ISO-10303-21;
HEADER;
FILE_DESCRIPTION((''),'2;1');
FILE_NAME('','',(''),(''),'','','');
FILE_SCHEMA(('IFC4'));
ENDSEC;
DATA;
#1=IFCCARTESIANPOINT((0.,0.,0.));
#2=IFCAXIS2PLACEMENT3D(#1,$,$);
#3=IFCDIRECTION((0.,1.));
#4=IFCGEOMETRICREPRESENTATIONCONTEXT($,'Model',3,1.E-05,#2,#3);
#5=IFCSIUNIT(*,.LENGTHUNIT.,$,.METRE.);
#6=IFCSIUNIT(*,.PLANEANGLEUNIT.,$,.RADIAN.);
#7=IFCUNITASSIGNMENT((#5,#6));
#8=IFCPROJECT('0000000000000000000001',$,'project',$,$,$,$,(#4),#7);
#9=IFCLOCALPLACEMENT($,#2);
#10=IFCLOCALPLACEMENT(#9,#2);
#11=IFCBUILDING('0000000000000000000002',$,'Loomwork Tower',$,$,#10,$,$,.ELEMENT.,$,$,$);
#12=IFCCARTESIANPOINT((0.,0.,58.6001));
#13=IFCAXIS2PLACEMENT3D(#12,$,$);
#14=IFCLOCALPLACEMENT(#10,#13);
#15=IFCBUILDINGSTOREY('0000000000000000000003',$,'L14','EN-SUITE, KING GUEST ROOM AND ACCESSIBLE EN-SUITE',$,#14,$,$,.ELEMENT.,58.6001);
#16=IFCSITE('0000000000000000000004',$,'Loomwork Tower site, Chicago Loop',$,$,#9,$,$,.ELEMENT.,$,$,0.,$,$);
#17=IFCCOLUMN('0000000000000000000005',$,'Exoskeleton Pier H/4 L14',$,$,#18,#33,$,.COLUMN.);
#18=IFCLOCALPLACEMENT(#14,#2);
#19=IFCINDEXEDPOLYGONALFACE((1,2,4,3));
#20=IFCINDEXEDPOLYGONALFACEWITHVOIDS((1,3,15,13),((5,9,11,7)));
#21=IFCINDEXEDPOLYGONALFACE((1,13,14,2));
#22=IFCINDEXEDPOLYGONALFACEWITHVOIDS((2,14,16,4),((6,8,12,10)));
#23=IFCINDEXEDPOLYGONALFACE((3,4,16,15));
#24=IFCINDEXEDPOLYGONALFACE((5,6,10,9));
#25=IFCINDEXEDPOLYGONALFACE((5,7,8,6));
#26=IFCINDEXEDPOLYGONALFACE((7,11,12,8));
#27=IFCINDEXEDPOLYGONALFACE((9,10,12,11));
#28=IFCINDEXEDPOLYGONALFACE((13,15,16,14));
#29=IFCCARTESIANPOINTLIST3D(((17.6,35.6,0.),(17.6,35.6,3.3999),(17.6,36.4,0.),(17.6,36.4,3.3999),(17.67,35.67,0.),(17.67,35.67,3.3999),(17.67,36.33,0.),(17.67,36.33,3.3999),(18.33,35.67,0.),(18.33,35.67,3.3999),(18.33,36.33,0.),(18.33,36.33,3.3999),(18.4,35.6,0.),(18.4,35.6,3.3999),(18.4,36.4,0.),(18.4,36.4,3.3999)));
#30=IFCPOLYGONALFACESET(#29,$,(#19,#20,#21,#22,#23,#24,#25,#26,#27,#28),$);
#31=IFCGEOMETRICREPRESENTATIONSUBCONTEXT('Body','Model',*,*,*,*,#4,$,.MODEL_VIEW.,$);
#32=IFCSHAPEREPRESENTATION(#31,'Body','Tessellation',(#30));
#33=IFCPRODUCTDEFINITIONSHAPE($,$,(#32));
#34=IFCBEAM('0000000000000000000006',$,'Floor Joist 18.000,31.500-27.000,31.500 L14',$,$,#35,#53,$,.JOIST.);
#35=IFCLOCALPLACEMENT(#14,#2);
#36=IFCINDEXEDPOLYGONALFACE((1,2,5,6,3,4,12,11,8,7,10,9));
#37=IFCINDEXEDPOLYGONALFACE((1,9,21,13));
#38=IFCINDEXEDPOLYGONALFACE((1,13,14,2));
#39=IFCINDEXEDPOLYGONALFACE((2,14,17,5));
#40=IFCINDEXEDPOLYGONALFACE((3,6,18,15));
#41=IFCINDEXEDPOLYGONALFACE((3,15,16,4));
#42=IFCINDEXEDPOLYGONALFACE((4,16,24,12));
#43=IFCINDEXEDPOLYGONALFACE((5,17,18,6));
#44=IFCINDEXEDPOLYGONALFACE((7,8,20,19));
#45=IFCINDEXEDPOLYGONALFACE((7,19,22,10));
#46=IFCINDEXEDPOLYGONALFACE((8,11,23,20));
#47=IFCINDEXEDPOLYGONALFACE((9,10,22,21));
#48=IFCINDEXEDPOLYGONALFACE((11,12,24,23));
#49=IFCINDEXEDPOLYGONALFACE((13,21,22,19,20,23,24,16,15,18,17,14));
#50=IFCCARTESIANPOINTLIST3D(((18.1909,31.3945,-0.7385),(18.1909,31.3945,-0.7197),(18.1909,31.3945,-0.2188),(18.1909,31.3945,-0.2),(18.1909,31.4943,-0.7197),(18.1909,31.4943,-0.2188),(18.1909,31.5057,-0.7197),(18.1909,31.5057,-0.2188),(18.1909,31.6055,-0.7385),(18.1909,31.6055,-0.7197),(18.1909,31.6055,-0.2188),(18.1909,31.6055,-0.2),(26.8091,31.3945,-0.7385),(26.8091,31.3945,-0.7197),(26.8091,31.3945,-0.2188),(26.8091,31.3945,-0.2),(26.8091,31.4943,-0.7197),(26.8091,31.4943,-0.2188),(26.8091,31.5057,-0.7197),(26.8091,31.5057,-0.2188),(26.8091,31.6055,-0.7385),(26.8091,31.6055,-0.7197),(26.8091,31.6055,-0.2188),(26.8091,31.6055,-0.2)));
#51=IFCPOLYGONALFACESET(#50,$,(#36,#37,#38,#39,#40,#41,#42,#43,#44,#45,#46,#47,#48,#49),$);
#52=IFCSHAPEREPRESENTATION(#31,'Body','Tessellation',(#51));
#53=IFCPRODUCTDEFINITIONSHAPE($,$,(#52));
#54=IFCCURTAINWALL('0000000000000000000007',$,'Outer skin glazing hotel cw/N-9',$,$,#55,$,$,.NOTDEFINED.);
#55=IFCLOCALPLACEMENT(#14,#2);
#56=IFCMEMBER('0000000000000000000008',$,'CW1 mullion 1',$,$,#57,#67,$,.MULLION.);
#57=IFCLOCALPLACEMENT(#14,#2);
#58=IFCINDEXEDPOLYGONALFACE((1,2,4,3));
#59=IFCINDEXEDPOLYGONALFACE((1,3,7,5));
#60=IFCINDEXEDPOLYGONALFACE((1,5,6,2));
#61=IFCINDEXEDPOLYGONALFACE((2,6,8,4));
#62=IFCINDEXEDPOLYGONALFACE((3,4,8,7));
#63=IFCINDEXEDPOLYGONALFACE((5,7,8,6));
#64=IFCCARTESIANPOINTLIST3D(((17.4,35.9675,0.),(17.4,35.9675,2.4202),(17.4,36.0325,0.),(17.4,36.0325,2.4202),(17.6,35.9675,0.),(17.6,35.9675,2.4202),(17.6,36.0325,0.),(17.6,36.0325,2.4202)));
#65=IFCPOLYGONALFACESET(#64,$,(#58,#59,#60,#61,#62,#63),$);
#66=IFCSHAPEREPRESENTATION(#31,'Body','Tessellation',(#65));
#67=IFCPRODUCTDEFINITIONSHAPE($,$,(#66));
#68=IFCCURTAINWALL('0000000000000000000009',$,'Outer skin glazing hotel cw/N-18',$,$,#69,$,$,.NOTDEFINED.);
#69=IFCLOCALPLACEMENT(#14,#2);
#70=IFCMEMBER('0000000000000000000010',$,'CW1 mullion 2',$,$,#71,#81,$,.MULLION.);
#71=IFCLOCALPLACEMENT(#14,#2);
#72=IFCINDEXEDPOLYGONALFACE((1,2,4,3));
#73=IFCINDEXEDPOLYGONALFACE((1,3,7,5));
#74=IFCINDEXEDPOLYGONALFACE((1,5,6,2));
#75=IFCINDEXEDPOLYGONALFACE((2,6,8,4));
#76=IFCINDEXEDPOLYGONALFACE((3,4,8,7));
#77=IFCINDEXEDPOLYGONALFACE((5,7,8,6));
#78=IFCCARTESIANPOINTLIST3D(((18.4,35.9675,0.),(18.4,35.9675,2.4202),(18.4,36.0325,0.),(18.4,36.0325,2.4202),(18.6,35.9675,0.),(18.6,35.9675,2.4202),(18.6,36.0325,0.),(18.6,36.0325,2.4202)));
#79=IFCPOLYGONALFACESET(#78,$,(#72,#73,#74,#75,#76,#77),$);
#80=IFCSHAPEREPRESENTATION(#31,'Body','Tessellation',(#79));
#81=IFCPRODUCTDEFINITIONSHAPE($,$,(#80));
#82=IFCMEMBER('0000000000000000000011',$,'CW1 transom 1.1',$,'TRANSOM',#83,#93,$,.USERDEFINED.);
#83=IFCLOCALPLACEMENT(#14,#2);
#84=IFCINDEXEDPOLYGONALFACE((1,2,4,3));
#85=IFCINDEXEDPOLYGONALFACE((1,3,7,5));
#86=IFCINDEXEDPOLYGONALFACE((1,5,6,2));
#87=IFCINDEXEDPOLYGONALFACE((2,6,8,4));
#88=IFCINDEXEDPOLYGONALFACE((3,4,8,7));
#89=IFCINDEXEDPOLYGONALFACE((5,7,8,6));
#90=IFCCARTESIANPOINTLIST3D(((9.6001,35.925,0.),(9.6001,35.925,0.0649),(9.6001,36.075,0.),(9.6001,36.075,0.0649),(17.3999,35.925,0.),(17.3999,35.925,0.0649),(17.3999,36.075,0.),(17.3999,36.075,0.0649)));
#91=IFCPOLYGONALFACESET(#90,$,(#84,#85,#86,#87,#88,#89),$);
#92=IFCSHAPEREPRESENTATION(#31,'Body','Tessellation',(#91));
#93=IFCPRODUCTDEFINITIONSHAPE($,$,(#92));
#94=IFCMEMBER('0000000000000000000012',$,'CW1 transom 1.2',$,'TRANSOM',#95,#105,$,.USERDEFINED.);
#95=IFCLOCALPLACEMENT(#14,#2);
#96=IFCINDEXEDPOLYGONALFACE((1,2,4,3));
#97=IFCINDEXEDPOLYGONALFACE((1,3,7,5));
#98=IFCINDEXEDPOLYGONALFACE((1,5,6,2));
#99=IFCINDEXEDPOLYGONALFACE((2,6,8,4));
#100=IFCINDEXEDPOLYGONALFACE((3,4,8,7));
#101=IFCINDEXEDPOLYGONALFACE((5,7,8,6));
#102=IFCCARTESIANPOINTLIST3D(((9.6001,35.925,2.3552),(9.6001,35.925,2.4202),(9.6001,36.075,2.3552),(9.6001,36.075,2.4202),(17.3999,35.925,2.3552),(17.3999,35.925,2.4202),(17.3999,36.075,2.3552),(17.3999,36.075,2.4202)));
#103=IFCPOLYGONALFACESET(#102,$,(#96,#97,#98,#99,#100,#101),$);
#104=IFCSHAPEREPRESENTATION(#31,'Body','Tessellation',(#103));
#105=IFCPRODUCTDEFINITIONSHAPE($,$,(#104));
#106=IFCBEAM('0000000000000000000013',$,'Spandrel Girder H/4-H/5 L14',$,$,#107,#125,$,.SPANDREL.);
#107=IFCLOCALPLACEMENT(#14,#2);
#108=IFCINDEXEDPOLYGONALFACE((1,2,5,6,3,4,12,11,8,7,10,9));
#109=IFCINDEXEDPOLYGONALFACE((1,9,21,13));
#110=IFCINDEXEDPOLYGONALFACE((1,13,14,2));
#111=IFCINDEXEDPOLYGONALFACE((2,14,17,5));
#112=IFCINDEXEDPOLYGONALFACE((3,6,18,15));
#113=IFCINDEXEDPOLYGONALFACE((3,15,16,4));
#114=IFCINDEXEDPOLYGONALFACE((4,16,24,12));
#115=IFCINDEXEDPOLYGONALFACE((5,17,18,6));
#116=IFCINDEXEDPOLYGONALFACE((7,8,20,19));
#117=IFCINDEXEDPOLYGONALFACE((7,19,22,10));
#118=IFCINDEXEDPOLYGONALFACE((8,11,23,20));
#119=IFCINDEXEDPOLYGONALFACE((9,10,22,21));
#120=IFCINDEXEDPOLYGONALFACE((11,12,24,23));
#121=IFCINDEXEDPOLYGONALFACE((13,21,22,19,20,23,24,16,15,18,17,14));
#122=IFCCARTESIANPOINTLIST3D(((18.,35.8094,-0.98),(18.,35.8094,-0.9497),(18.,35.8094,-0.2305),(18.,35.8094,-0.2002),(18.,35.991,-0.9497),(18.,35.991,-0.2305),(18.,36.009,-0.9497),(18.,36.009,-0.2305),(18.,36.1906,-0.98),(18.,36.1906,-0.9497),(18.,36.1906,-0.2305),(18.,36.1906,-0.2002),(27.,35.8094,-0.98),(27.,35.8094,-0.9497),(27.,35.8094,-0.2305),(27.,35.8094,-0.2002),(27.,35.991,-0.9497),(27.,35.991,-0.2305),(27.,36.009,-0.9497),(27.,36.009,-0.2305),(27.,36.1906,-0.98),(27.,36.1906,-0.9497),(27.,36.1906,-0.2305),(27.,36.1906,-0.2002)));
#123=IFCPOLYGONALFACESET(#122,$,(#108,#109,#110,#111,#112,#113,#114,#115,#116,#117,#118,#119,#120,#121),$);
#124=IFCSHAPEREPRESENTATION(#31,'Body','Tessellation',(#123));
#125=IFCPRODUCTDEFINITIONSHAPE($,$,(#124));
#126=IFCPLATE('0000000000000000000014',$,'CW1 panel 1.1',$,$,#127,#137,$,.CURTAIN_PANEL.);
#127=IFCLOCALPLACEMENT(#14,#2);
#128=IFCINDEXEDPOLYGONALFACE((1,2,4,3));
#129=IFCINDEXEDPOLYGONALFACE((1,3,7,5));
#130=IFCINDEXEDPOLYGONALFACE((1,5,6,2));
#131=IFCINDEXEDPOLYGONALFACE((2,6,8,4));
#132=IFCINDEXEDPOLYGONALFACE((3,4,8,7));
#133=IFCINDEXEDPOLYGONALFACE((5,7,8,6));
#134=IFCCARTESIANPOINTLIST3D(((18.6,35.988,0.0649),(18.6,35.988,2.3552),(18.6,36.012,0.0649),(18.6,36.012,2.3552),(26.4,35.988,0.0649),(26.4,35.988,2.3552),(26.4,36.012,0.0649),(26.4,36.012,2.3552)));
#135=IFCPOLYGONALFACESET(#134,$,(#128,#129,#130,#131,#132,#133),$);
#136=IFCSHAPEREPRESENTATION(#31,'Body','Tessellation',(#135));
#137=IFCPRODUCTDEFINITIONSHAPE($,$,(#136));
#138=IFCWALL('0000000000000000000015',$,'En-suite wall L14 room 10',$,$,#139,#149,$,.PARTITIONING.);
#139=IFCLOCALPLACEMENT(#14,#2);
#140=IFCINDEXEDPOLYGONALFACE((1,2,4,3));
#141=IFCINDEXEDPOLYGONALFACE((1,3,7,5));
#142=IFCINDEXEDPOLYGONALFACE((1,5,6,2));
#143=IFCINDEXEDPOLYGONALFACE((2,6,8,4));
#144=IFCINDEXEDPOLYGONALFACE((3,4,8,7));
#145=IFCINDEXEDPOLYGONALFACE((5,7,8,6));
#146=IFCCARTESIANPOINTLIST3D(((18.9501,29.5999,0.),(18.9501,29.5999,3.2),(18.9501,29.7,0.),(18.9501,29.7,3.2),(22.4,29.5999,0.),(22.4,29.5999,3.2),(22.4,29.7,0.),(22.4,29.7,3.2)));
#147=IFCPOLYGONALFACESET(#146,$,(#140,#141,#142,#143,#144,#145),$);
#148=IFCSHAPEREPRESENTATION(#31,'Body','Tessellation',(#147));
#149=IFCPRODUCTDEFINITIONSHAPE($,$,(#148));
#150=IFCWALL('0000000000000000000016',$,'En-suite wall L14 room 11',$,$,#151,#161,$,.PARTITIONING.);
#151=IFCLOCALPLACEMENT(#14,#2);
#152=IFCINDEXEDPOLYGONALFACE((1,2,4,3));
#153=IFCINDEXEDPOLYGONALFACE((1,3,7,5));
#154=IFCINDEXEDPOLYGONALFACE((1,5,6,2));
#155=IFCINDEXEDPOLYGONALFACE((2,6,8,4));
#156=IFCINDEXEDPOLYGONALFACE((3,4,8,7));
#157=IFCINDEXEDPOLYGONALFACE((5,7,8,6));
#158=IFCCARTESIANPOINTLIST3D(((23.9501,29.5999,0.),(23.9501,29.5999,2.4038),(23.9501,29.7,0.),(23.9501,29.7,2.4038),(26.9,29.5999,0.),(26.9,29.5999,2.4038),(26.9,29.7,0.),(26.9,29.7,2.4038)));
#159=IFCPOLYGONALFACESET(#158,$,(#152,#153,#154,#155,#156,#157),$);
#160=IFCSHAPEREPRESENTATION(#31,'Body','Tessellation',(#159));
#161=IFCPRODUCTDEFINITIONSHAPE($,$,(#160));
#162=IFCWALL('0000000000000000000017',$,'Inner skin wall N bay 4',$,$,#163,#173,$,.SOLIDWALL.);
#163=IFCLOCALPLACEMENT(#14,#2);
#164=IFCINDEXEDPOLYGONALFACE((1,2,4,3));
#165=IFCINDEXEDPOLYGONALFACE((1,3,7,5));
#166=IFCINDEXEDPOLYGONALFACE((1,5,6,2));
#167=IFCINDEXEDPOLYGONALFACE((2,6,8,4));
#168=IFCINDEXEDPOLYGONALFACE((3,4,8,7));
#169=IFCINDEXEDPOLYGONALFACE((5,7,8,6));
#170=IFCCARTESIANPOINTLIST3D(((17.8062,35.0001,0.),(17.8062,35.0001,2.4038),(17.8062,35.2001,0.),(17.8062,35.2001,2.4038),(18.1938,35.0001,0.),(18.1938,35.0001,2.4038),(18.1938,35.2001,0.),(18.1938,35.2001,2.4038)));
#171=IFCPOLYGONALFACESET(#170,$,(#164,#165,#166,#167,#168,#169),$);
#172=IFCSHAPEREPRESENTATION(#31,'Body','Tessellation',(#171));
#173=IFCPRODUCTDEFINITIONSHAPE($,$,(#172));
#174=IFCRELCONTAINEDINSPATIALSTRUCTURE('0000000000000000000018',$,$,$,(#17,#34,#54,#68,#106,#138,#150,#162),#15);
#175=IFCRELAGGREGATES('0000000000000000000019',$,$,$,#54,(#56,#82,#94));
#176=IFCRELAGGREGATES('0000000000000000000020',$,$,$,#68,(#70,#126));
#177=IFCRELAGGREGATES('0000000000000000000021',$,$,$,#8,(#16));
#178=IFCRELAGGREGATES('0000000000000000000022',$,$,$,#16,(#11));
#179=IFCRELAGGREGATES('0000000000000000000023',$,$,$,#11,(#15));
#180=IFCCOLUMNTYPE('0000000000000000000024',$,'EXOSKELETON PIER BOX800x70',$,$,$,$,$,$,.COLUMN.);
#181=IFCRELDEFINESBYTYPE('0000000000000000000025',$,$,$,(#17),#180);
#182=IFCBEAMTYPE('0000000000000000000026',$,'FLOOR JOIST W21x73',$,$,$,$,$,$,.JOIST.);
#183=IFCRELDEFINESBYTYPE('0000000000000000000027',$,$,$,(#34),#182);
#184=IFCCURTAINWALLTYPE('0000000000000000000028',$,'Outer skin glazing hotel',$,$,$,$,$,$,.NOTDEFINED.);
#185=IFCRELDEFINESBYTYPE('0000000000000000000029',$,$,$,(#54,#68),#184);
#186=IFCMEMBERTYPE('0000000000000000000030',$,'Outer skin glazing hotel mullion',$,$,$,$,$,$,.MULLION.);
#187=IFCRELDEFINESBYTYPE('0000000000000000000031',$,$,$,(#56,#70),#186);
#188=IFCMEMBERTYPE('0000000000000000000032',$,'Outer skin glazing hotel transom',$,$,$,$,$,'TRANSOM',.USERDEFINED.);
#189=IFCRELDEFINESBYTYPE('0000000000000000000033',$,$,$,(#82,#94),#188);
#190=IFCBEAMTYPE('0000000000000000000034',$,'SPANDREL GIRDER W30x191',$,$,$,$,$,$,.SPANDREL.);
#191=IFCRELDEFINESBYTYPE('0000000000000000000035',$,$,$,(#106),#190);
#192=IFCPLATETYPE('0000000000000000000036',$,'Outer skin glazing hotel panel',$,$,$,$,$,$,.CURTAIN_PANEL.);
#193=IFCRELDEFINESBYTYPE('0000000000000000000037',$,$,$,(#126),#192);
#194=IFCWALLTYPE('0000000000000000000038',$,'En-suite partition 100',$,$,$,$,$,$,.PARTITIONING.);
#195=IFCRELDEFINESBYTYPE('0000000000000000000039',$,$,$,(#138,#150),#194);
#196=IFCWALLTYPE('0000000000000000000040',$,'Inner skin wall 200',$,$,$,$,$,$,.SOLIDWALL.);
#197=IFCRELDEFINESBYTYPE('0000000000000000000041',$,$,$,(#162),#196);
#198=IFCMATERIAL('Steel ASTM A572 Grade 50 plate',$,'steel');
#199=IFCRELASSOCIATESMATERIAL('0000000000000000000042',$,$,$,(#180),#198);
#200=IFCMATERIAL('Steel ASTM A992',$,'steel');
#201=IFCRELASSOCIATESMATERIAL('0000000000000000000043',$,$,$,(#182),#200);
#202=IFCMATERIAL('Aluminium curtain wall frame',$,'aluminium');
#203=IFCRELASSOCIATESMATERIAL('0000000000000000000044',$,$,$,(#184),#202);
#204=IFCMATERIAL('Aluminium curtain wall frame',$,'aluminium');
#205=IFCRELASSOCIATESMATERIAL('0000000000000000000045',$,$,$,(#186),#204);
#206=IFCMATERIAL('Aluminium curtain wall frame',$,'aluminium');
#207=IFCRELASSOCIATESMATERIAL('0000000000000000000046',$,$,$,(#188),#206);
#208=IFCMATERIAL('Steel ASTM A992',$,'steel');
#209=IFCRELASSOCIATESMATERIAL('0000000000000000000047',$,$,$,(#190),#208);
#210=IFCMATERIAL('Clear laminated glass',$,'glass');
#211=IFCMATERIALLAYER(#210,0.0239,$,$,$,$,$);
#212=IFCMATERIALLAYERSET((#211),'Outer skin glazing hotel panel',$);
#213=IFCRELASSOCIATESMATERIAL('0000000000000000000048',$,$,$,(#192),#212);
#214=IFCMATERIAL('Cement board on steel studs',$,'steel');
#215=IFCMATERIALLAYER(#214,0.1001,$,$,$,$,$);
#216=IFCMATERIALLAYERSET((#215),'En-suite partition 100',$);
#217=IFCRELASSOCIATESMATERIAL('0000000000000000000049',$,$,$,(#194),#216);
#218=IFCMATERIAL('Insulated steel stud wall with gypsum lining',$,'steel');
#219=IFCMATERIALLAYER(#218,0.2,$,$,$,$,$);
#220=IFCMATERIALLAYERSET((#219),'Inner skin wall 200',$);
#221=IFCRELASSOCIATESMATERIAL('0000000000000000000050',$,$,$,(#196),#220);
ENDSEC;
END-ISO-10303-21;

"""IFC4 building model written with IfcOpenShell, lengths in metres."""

from ifc_helpers import new_model, si_unit, direction, frame, frame_2d, origin, origin_2d, place, context, subcontext, project, spatial, rectangle, hollow_rectangle, i_section, extrude, material, layer, layer_set, material_profile, profile_set, type_object, element, aggregate, save


model = new_model("IFC4")

# Units and contexts
model_context = context("Model", 3, precision=1e-05, world=origin(), true_north=direction((0.0, 1.0)))
body_context = subcontext(model_context, "Body", "Model", "MODEL_VIEW")
ifc_project = project(units=[si_unit("LENGTHUNIT", "METRE"), si_unit("PLANEANGLEUNIT", "RADIAN")], contexts=[model_context])

# Site, building, storey
site_placement = place(None, origin())
site = spatial("IfcSite", under=ifc_project, at=site_placement, Name="Loomwork Tower site, Chicago Loop", CompositionType="ELEMENT", RefElevation=0.0)
building_placement = place(site_placement, origin())
building = spatial("IfcBuilding", under=site, at=building_placement, Name="Loomwork Tower", CompositionType="ELEMENT")
storey_placement = place(building_placement, frame((0.0, 0.0, 58.6001)))
storey = spatial("IfcBuildingStorey", under=building, at=storey_placement, Name="L14", Description="EN-SUITE, KING GUEST ROOM AND ACCESSIBLE EN-SUITE", CompositionType="ELEMENT", Elevation=58.6001)

# Column
ifc_material_1 = material(Name="Steel ASTM A572 Grade 50 plate", Category="steel")
ifc_material_profile_1 = material_profile(ifc_material_1, hollow_rectangle(XDim=0.8, YDim=0.8, WallThickness=0.0701, at=origin_2d()), Name="BOX800x70")
ifc_profile_set_1 = profile_set([ifc_material_profile_1], Name="Steel ASTM A572 Grade 50 plate")
column_type = type_object("IfcColumnType", Name="EXOSKELETON PIER BOX800x70", PredefinedType="COLUMN", material=ifc_profile_set_1)
column_placement = place(storey_placement, frame((18.0, 36.0, 0.0), z_axis=(0.0, 0.0, 1.0), x_axis=(1.0, 0.0, 0.0)))
element("IfcColumn", 1, at=column_placement, inside=storey, type_object=column_type, Name="Exoskeleton Pier H/4 L14", PredefinedType="COLUMN", context=body_context, shape_type="SweptSolid", body=[
    extrude(hollow_rectangle(XDim=0.8, YDim=0.8, WallThickness=0.0701, at=origin_2d()), origin(), (0.0, 0.0, 1.0), 3.3999),
])

# Beam
ifc_material_2 = material(Name="Steel ASTM A992", Category="steel")
ifc_material_profile_2 = material_profile(ifc_material_2, i_section(OverallWidth=0.2109, OverallDepth=0.5386, WebThickness=0.0115, FlangeThickness=0.0188, at=origin_2d()), Name="W21x73")
ifc_profile_set_2 = profile_set([ifc_material_profile_2], Name="Steel ASTM A992")
beam_type_1 = type_object("IfcBeamType", Name="FLOOR JOIST W21x73", PredefinedType="JOIST", material=ifc_profile_set_2)
beam_1_placement = place(storey_placement, frame((18.1909, 31.5, -0.4692), z_axis=(1.0, 0.0, 0.0), x_axis=(0.0, 1.0, 0.0)))
element("IfcBeam", 2, at=beam_1_placement, inside=storey, type_object=beam_type_1, Name="Floor Joist 18.000,31.500-27.000,31.500 L14", PredefinedType="JOIST", context=body_context, shape_type="SweptSolid", body=[
    extrude(i_section(OverallWidth=0.2109, OverallDepth=0.5386, WebThickness=0.0115, FlangeThickness=0.0188, at=origin_2d()), origin(), (0.0, 0.0, 1.0), 8.6182),
])

# Curtain walls, members
ifc_material_3 = material(Name="Aluminium curtain wall frame", Category="aluminium")
curtain_wall_type = type_object("IfcCurtainWallType", Name="Outer skin glazing hotel", PredefinedType="NOTDEFINED", material=ifc_material_3)
curtain_wall_1_placement = place(storey_placement, origin())
curtain_wall_1 = element("IfcCurtainWall", 3, at=curtain_wall_1_placement, inside=storey, type_object=curtain_wall_type, Name="Outer skin glazing hotel cw/N-9", PredefinedType="NOTDEFINED")
ifc_material_4 = material(Name="Aluminium curtain wall frame", Category="aluminium")
ifc_material_profile_3 = material_profile(ifc_material_4, rectangle(XDim=0.0649, YDim=0.2, at=origin_2d()), Name="AL 65x200")
ifc_profile_set_3 = profile_set([ifc_material_profile_3], Name="Aluminium curtain wall frame")
member_type_1 = type_object("IfcMemberType", Name="Outer skin glazing hotel mullion", PredefinedType="MULLION", material=ifc_profile_set_3)
member_1_placement = place(storey_placement, frame((17.5, 36.0, 0.0), z_axis=(0.0, 0.0, 1.0), x_axis=(0.0, -1.0, 0.0)))
member_1 = element("IfcMember", 4, at=member_1_placement, type_object=member_type_1, Name="CW1 mullion 1", PredefinedType="MULLION", context=body_context, shape_type="SweptSolid", body=[
    extrude(rectangle(XDim=0.0649, YDim=0.2, at=origin_2d()), origin(), (0.0, 0.0, 1.0), 2.4202),
])
curtain_wall_2_placement = place(storey_placement, origin())
curtain_wall_2 = element("IfcCurtainWall", 5, at=curtain_wall_2_placement, inside=storey, type_object=curtain_wall_type, Name="Outer skin glazing hotel cw/N-18", PredefinedType="NOTDEFINED")
member_2_placement = place(storey_placement, frame((18.5, 36.0, 0.0), z_axis=(0.0, 0.0, 1.0), x_axis=(0.0, -1.0, 0.0)))
member_2 = element("IfcMember", 6, at=member_2_placement, type_object=member_type_1, Name="CW1 mullion 2", PredefinedType="MULLION", context=body_context, shape_type="SweptSolid", body=[
    extrude(rectangle(XDim=0.0649, YDim=0.2, at=origin_2d()), origin(), (0.0, 0.0, 1.0), 2.4202),
])

# Members
ifc_material_5 = material(Name="Aluminium curtain wall frame", Category="aluminium")
ifc_material_profile_4 = material_profile(ifc_material_5, rectangle(XDim=0.1499, YDim=0.0649, at=origin_2d()), Name="AL 65x150")
ifc_profile_set_4 = profile_set([ifc_material_profile_4], Name="Aluminium curtain wall frame")
member_type_2 = type_object("IfcMemberType", Name="Outer skin glazing hotel transom", ElementType="TRANSOM", PredefinedType="USERDEFINED", material=ifc_profile_set_4)
member_3_placement = place(storey_placement, frame((17.3999, 36.0, 0.0325), z_axis=(-1.0, 0.0, 0.0), x_axis=(0.0, -1.0, 0.0)))
member_3 = element("IfcMember", 7, at=member_3_placement, type_object=member_type_2, Name="CW1 transom 1.1", ObjectType="TRANSOM", PredefinedType="USERDEFINED", context=body_context, shape_type="SweptSolid", body=[
    extrude(rectangle(XDim=0.1499, YDim=0.0649, at=origin_2d()), origin(), (0.0, 0.0, 1.0), 7.7998),
])
member_4_placement = place(storey_placement, frame((17.3999, 36.0, 2.3877), z_axis=(-1.0, 0.0, 0.0), x_axis=(0.0, -1.0, 0.0)))
member_4 = element("IfcMember", 8, at=member_4_placement, type_object=member_type_2, Name="CW1 transom 1.2", ObjectType="TRANSOM", PredefinedType="USERDEFINED", context=body_context, shape_type="SweptSolid", body=[
    extrude(rectangle(XDim=0.1499, YDim=0.0649, at=origin_2d()), origin(), (0.0, 0.0, 1.0), 7.7998),
])
aggregate(curtain_wall_1, [member_1, member_3, member_4])

# Beam
ifc_material_6 = material(Name="Steel ASTM A992", Category="steel")
ifc_material_profile_5 = material_profile(ifc_material_6, i_section(OverallWidth=0.3811, OverallDepth=0.7798, WebThickness=0.0181, FlangeThickness=0.0303, at=origin_2d()), Name="W30x191")
ifc_profile_set_5 = profile_set([ifc_material_profile_5], Name="Steel ASTM A992")
beam_type_2 = type_object("IfcBeamType", Name="SPANDREL GIRDER W30x191", PredefinedType="SPANDREL", material=ifc_profile_set_5)
beam_2_placement = place(storey_placement, frame((18.0, 36.0, -0.5901), z_axis=(1.0, 0.0, 0.0), x_axis=(0.0, 1.0, 0.0)))
element("IfcBeam", 9, at=beam_2_placement, inside=storey, type_object=beam_type_2, Name="Spandrel Girder H/4-H/5 L14", PredefinedType="SPANDREL", context=body_context, shape_type="SweptSolid", body=[
    extrude(i_section(OverallWidth=0.3811, OverallDepth=0.7798, WebThickness=0.0181, FlangeThickness=0.0303, at=origin_2d()), origin(), (0.0, 0.0, 1.0), 9.0),
])

# Plate
ifc_material_7 = material(Name="Clear laminated glass", Category="glass")
ifc_layer_1 = layer(ifc_material_7, 0.0239)
ifc_layer_set_1 = layer_set([ifc_layer_1], Name="Outer skin glazing hotel panel")
plate_type = type_object("IfcPlateType", Name="Outer skin glazing hotel panel", PredefinedType="CURTAIN_PANEL", material=ifc_layer_set_1)
plate_placement = place(storey_placement, frame((22.5, 36.0, 0.0649), z_axis=(0.0, 0.0, 1.0), x_axis=(-1.0, 0.0, 0.0)))
plate = element("IfcPlate", 10, at=plate_placement, type_object=plate_type, Name="CW1 panel 1.1", PredefinedType="CURTAIN_PANEL", context=body_context, shape_type="SweptSolid", body=[
    extrude(rectangle(XDim=7.8, YDim=0.0239, at=origin_2d()), origin(), (0.0, 0.0, 1.0), 2.2903),
])
aggregate(curtain_wall_2, [member_2, plate])

# Walls
ifc_material_8 = material(Name="Cement board on steel studs", Category="steel")
ifc_layer_2 = layer(ifc_material_8, 0.1001)
ifc_layer_set_2 = layer_set([ifc_layer_2], Name="En-suite partition 100")
wall_type_1 = type_object("IfcWallType", Name="En-suite partition 100", PredefinedType="PARTITIONING", material=ifc_layer_set_2)
wall_1_placement = place(storey_placement, frame((18.95, 29.6499, 0.0), z_axis=(0.0, 0.0, 1.0), x_axis=(1.0, 0.0, 0.0)))
element("IfcWall", 11, at=wall_1_placement, inside=storey, type_object=wall_type_1, Name="En-suite wall L14 room 10", PredefinedType="PARTITIONING", context=body_context, shape_type="SweptSolid", body=[
    extrude(rectangle(XDim=3.45, YDim=0.1001, at=frame_2d((1.7251, 0.0))), origin(), (0.0, 0.0, 1.0), 3.2),
])
wall_2_placement = place(storey_placement, frame((23.95, 29.6499, 0.0), z_axis=(0.0, 0.0, 1.0), x_axis=(1.0, 0.0, 0.0)))
element("IfcWall", 12, at=wall_2_placement, inside=storey, type_object=wall_type_1, Name="En-suite wall L14 room 11", PredefinedType="PARTITIONING", context=body_context, shape_type="SweptSolid", body=[
    extrude(rectangle(XDim=2.95, YDim=0.1001, at=frame_2d((1.4751, 0.0))), origin(), (0.0, 0.0, 1.0), 2.4038),
])
ifc_material_9 = material(Name="Insulated steel stud wall with gypsum lining", Category="steel")
ifc_layer_3 = layer(ifc_material_9, 0.2)
ifc_layer_set_3 = layer_set([ifc_layer_3], Name="Inner skin wall 200")
wall_type_2 = type_object("IfcWallType", Name="Inner skin wall 200", PredefinedType="SOLIDWALL", material=ifc_layer_set_3)
wall_3_placement = place(storey_placement, frame((17.8062, 35.1001, 0.0), z_axis=(0.0, 0.0, 1.0), x_axis=(1.0, 0.0, 0.0)))
element("IfcWall", 13, at=wall_3_placement, inside=storey, type_object=wall_type_2, Name="Inner skin wall N bay 4", PredefinedType="SOLIDWALL", context=body_context, shape_type="SweptSolid", body=[
    extrude(rectangle(XDim=0.3877, YDim=0.2, at=frame_2d((0.1938, 0.0))), origin(), (0.0, 0.0, 1.0), 2.4038),
])

save(model, "model.ifc")
